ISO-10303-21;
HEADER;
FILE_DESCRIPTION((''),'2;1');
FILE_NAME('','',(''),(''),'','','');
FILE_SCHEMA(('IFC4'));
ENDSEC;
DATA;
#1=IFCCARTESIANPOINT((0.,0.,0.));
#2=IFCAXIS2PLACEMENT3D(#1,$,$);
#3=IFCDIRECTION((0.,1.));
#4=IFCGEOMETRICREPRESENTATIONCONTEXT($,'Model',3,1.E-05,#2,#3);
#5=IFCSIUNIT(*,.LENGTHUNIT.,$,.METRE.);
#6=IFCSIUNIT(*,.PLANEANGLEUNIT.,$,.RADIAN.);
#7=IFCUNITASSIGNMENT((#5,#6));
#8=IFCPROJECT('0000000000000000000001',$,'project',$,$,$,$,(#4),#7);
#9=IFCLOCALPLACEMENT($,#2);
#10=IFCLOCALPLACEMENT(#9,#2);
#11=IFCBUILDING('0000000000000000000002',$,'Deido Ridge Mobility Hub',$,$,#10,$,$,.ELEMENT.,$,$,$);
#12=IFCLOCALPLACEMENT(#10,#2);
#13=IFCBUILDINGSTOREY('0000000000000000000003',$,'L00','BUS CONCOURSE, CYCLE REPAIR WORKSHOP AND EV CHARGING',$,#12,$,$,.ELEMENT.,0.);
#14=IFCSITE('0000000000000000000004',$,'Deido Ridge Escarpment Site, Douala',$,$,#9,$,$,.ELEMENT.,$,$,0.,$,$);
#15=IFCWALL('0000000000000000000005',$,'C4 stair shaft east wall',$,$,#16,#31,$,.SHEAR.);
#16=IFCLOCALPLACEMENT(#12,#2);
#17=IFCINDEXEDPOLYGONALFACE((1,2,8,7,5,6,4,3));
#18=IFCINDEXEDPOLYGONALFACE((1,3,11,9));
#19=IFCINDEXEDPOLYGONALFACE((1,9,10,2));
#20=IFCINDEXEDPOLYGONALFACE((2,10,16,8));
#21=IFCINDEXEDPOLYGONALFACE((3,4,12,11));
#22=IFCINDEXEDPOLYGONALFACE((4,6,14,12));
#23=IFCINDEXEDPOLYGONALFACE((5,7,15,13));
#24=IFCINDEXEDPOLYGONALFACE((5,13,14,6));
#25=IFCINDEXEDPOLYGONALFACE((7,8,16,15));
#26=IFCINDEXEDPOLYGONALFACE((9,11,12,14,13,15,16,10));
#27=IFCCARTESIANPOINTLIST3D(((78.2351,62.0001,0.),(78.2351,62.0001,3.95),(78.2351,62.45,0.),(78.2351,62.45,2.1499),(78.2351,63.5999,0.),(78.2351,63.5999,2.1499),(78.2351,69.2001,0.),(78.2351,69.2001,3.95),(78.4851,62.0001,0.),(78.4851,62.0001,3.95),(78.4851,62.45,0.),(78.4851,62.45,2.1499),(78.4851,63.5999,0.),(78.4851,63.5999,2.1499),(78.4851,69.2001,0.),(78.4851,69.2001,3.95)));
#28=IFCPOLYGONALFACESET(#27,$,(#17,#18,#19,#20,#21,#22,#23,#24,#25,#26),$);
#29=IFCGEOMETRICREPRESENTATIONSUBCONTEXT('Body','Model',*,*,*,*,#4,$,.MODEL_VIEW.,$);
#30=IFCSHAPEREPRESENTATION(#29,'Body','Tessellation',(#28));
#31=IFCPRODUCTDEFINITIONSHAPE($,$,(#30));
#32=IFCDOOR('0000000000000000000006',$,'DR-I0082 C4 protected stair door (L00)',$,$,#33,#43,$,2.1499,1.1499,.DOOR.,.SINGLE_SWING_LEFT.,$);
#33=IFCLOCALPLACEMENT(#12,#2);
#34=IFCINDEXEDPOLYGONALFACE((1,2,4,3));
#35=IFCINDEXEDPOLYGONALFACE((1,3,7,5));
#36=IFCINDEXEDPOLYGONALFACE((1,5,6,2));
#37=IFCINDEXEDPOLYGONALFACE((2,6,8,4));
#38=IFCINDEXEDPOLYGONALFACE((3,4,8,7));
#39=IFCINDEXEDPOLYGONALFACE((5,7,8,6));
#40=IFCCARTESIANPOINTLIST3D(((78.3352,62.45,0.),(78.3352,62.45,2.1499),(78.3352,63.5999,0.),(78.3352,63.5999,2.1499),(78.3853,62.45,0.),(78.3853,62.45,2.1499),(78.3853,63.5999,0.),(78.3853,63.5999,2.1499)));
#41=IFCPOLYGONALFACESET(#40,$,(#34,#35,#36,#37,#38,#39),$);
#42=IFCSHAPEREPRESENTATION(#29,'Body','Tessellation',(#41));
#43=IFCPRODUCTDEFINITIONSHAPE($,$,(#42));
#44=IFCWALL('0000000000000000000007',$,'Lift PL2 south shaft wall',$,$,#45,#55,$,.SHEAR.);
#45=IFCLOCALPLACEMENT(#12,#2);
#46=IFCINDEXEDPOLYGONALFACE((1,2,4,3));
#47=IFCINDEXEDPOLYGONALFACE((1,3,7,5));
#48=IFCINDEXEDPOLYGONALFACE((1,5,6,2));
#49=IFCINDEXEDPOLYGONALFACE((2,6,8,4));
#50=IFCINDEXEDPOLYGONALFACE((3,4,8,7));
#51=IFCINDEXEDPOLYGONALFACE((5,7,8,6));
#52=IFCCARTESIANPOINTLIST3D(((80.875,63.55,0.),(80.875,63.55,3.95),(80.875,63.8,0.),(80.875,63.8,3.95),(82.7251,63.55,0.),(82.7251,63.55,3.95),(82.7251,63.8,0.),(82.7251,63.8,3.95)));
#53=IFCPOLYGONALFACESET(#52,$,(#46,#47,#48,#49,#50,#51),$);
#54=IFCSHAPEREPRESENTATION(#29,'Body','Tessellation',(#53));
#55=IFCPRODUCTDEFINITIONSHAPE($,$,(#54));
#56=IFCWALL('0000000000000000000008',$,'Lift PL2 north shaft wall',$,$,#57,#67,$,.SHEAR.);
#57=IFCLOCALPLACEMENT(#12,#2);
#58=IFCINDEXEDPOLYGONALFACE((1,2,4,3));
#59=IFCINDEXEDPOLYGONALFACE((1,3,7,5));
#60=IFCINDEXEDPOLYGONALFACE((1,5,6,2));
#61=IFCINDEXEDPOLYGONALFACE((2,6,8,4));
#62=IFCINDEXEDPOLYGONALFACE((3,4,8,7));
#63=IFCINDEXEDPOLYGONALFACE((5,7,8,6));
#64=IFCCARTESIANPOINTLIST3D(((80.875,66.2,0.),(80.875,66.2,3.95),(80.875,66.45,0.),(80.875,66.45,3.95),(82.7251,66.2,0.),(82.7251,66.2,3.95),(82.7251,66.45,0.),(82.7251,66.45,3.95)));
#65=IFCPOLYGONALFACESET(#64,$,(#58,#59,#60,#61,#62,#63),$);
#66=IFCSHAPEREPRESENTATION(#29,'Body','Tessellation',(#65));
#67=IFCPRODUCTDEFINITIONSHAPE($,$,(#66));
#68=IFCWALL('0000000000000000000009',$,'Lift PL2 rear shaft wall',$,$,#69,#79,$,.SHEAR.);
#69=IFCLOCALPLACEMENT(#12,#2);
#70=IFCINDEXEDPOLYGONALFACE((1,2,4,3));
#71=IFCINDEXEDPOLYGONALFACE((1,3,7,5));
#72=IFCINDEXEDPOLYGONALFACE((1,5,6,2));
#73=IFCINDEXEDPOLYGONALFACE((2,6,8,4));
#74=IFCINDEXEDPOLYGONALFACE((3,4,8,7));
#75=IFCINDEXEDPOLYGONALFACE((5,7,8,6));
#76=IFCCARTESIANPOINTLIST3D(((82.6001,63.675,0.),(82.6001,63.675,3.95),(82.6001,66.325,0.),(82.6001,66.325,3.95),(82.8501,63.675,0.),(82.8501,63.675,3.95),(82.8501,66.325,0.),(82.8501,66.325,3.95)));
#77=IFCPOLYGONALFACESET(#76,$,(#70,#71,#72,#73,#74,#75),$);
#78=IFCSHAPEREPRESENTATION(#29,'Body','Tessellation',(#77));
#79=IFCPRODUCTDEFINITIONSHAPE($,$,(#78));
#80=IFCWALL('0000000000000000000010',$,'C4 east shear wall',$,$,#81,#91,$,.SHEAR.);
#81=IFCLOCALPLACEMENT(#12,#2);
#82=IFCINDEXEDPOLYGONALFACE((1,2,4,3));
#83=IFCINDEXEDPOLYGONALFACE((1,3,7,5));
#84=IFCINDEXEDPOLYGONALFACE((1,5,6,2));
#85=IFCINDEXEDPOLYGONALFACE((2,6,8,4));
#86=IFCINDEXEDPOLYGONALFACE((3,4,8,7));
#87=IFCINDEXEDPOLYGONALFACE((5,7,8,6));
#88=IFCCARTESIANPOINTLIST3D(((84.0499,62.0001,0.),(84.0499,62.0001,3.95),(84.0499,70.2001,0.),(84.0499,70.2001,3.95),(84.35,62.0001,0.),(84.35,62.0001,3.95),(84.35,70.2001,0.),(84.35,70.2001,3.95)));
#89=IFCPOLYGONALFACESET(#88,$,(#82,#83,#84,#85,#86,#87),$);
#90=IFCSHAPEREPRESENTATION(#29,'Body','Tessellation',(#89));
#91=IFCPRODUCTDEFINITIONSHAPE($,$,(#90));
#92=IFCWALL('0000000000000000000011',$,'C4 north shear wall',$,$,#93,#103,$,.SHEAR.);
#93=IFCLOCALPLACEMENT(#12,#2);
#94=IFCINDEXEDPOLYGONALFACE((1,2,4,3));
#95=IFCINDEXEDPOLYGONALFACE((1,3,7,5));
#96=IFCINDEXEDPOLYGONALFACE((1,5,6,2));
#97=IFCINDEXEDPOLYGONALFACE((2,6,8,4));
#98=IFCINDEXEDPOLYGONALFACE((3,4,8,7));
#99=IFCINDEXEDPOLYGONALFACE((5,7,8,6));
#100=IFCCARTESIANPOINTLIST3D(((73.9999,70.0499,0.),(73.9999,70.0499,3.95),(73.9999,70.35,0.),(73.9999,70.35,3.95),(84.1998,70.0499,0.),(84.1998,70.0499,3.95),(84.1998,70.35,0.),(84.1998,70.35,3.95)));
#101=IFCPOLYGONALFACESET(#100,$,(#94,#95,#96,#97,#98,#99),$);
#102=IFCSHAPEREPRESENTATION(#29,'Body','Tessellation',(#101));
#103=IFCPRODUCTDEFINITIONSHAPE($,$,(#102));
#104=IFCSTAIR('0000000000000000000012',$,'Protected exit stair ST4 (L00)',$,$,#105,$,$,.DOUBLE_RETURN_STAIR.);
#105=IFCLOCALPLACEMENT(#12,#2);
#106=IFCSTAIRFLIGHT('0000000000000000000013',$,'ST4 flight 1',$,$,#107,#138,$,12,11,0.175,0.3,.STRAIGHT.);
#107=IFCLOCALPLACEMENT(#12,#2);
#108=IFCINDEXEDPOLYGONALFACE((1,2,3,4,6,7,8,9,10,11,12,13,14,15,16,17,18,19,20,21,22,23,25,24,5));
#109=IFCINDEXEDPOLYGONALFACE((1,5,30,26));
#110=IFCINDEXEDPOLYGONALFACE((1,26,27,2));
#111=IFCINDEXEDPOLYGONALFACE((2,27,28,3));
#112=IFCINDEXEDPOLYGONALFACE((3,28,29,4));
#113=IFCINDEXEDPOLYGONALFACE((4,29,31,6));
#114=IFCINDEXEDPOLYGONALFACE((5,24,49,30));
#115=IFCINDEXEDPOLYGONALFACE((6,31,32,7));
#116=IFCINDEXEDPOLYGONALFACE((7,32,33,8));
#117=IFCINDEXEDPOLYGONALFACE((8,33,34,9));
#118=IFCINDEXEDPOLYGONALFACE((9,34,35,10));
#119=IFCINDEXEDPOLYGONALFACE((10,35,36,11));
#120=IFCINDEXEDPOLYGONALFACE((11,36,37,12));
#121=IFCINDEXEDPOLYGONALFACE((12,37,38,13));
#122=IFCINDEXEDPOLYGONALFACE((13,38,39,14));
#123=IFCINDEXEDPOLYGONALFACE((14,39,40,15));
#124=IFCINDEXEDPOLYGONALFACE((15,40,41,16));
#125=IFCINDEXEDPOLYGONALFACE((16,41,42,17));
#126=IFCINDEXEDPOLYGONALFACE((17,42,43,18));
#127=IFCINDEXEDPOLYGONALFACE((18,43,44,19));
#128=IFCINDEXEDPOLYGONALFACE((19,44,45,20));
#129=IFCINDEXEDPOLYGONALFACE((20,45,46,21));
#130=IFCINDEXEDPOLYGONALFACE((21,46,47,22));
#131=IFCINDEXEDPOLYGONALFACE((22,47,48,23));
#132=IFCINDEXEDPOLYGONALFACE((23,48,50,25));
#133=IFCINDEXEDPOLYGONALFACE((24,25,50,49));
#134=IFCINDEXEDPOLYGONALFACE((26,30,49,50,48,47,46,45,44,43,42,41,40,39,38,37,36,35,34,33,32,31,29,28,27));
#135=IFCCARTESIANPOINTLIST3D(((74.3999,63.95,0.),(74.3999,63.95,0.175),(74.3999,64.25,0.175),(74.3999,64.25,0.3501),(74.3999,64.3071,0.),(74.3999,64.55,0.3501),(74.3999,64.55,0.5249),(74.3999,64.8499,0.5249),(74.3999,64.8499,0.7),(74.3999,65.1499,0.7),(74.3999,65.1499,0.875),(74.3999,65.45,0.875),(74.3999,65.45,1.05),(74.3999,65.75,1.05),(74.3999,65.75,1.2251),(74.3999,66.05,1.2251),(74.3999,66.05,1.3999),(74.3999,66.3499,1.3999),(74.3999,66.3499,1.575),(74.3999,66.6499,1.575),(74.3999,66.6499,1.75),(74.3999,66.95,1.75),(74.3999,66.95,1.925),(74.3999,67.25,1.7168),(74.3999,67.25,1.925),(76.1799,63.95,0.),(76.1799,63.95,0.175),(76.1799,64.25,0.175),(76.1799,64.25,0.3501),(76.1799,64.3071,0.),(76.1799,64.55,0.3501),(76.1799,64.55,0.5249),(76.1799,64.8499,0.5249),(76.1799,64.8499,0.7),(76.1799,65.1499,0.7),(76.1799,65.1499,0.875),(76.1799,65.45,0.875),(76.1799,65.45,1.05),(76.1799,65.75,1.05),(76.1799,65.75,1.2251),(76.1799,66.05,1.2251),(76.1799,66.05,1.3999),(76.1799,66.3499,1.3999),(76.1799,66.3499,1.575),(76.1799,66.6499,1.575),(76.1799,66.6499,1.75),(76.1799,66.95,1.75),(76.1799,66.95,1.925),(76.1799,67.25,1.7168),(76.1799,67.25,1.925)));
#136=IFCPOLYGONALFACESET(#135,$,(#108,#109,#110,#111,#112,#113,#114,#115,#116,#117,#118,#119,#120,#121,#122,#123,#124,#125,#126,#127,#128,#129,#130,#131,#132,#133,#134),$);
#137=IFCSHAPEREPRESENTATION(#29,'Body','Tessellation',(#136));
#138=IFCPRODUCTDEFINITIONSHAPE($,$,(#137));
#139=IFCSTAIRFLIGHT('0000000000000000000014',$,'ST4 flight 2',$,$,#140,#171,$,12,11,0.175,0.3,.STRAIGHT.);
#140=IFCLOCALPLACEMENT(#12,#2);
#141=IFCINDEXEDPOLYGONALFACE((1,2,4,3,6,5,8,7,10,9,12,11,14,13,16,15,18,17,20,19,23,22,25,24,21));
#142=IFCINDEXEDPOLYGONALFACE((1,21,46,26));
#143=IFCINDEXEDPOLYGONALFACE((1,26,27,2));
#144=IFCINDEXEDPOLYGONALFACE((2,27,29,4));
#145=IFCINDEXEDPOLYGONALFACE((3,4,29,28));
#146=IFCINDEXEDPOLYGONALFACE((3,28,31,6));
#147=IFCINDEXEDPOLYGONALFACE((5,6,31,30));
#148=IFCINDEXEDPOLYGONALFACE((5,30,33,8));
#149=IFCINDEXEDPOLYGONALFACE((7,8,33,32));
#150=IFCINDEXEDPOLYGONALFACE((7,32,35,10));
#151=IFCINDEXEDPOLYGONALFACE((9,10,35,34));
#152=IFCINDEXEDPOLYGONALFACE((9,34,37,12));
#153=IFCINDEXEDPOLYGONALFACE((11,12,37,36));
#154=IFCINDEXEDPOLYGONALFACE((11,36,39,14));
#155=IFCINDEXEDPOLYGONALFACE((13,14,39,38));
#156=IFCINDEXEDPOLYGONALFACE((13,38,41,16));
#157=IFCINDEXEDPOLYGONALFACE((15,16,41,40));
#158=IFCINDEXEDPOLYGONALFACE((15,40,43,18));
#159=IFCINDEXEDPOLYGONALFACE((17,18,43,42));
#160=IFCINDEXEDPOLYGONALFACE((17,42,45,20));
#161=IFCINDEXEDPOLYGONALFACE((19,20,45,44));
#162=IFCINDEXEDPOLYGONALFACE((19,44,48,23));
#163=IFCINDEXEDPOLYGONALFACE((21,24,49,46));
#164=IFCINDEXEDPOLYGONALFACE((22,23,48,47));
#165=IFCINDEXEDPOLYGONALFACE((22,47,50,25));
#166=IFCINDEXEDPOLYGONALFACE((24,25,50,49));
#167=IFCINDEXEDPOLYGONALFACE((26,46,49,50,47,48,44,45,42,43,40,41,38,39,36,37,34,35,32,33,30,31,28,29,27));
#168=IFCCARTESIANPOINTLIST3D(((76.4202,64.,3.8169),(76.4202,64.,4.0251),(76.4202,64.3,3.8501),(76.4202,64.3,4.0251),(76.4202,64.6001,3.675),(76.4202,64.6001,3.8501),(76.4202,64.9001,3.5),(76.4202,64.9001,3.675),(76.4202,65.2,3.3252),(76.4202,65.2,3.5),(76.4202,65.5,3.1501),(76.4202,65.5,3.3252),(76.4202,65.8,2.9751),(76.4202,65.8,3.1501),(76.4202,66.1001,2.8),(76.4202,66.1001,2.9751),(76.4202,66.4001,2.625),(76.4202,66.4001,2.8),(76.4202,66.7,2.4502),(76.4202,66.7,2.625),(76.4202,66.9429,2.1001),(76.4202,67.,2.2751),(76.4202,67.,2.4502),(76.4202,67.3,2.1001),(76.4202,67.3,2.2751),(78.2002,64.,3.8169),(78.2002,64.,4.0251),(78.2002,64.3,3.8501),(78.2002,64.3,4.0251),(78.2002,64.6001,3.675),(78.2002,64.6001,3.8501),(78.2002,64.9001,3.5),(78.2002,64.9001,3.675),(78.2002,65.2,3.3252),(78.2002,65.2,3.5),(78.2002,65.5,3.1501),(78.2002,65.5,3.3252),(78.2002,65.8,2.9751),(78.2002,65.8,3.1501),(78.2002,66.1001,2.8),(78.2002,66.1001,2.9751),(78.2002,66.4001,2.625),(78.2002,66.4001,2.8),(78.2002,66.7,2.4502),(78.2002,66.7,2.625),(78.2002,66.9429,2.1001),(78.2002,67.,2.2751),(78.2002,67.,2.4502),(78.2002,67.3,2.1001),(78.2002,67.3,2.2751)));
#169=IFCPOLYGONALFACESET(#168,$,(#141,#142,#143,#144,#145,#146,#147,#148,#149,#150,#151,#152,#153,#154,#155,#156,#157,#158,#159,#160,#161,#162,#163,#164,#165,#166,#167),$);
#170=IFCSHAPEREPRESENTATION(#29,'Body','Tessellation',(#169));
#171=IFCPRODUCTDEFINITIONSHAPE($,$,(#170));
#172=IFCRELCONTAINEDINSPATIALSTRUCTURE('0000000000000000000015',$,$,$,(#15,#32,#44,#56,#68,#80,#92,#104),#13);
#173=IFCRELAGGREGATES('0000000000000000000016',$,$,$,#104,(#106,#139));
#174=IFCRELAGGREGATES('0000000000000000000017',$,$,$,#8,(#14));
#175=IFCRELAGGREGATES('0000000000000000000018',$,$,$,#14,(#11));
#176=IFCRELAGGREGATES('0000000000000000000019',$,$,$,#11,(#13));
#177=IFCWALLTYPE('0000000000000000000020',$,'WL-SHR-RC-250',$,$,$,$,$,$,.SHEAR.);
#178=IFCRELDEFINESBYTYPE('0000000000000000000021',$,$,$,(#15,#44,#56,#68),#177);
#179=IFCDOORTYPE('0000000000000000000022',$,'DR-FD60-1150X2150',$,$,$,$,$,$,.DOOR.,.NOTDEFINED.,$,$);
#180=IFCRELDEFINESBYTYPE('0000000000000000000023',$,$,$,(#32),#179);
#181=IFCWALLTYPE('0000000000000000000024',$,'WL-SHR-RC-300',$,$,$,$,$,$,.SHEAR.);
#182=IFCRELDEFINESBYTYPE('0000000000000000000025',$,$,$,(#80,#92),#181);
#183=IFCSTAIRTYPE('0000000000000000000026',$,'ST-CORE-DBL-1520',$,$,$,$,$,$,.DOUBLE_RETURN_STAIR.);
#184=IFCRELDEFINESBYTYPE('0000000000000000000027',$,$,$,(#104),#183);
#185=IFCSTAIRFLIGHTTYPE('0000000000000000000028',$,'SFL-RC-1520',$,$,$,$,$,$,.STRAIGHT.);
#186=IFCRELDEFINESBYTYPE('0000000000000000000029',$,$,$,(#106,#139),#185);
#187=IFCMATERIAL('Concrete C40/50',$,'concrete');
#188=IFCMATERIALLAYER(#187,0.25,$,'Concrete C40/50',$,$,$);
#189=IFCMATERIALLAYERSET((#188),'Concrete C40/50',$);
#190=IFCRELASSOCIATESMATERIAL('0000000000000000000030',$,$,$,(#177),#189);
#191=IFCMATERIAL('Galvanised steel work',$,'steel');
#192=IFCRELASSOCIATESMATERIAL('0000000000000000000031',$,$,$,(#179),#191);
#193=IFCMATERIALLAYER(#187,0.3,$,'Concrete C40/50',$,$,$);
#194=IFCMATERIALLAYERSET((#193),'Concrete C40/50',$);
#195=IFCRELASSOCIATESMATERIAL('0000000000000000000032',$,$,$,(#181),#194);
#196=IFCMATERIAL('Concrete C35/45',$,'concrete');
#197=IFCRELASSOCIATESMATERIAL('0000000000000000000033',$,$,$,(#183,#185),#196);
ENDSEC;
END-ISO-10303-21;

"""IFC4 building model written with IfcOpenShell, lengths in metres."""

from ifc_helpers import new_model, si_unit, direction, frame, frame_2d, origin, place, context, subcontext, project, spatial, polyline, rectangle, outline, extrude, material, layer, layer_set, type_object, element, fill, aggregate, save


model = new_model("IFC4")

# Units and contexts
model_context = context("Model", 3, precision=1e-05, world=origin(), true_north=direction((0.0, 1.0)))
body_context = subcontext(model_context, "Body", "Model", "MODEL_VIEW")
ifc_project = project(units=[si_unit("LENGTHUNIT", "METRE"), si_unit("PLANEANGLEUNIT", "RADIAN")], contexts=[model_context])

# Site, building, storey
site_placement = place(None, origin())
site = spatial("IfcSite", under=ifc_project, at=site_placement, Name="Deido Ridge Escarpment Site, Douala", CompositionType="ELEMENT", RefElevation=0.0)
building_placement = place(site_placement, origin())
building = spatial("IfcBuilding", under=site, at=building_placement, Name="Deido Ridge Mobility Hub", CompositionType="ELEMENT")
storey_placement = place(building_placement, origin())
storey = spatial("IfcBuildingStorey", under=building, at=storey_placement, Name="L00", Description="BUS CONCOURSE, CYCLE REPAIR WORKSHOP AND EV CHARGING", CompositionType="ELEMENT", Elevation=0.0)

# Wall, opening, door
ifc_material_1 = material(Name="Concrete C40/50", Category="concrete")
ifc_layer_1 = layer(ifc_material_1, 0.25, Name="Concrete C40/50")
ifc_layer_set_1 = layer_set([ifc_layer_1], Name="Concrete C40/50")
wall_type_1 = type_object("IfcWallType", Name="WL-SHR-RC-250", PredefinedType="SHEAR", material=ifc_layer_set_1)
wall_1_placement = place(storey_placement, frame((78.3601, 62.0, 0.0), z_axis=(0.0, 0.0, 1.0), x_axis=(0.0, 1.0, 0.0)))
wall_1 = element("IfcWall", 1, at=wall_1_placement, inside=storey, type_object=wall_type_1, Name="C4 stair shaft east wall", PredefinedType="SHEAR", context=body_context, shape_type="SweptSolid", body=[
    extrude(rectangle(XDim=7.2, YDim=0.25, at=frame_2d((3.6001, 0.0))), origin(), (0.0, 0.0, 1.0), 3.95),
])
opening_1_placement = place(wall_1_placement, frame((0.45, 0.0, 0.0)))
opening_1 = element("IfcOpeningElement", 2, at=opening_1_placement, cuts=wall_1, PredefinedType="OPENING", context=body_context, shape_type="SweptSolid", body=[
    extrude(rectangle(XDim=1.1499, YDim=2.1499, at=frame_2d((0.575, 1.075))), frame((0.0, 0.135, 0.0), z_axis=(0.0, -1.0, 0.0), x_axis=(1.0, 0.0, 0.0)), (0.0, 0.0, 1.0), 0.27),
])
ifc_material_2 = material(Name="Galvanised steel work", Category="steel")
door_type_1 = type_object("IfcDoorType", Name="DR-FD60-1150X2150", OperationType="NOTDEFINED", PredefinedType="DOOR", material=ifc_material_2)
door_1_placement = place(opening_1_placement, origin())
door_1 = element("IfcDoor", 3, at=door_1_placement, inside=storey, type_object=door_type_1, Name="DR-I0082 C4 protected stair door (L00)", OperationType="SINGLE_SWING_LEFT", OverallHeight=2.1499, OverallWidth=1.1499, PredefinedType="DOOR", context=body_context, shape_type="SweptSolid", body=[
    extrude(rectangle(XDim=1.1499, YDim=2.1499, at=frame_2d((0.575, 1.075))), frame((0.0, 0.0249, 0.0), z_axis=(0.0, -1.0, 0.0), x_axis=(1.0, 0.0, 0.0)), (0.0, 0.0, 1.0), 0.05),
])
fill(opening_1, door_1)

# Walls
for number, where, z_axis, x_axis, name in (
    (4, (80.875, 63.675, 0.0), (0.0, 0.0, 1.0), (1.0, 0.0, 0.0), "Lift PL2 south shaft wall"),
    (5, (80.875, 66.325, 0.0), (0.0, 0.0, 1.0), (1.0, 0.0, 0.0), "Lift PL2 north shaft wall"),
):
    element("IfcWall", number, at=place(storey_placement, frame(where, z_axis=z_axis, x_axis=x_axis)), inside=storey, type_object=wall_type_1, Name=name, PredefinedType="SHEAR", context=body_context, shape_type="SweptSolid", body=[
        extrude(rectangle(XDim=1.8501, YDim=0.25, at=frame_2d((0.925, 0.0))), origin(), (0.0, 0.0, 1.0), 3.95),
    ])
wall_2_placement = place(storey_placement, frame((82.7251, 63.675, 0.0), z_axis=(0.0, 0.0, 1.0), x_axis=(0.0, 1.0, 0.0)))
element("IfcWall", 6, at=wall_2_placement, inside=storey, type_object=wall_type_1, Name="Lift PL2 rear shaft wall", PredefinedType="SHEAR", context=body_context, shape_type="SweptSolid", body=[
    extrude(rectangle(XDim=2.6499, YDim=0.25, at=frame_2d((1.325, 0.0))), origin(), (0.0, 0.0, 1.0), 3.95),
])

# Walls
ifc_layer_2 = layer(ifc_material_1, 0.3, Name="Concrete C40/50")
ifc_layer_set_2 = layer_set([ifc_layer_2], Name="Concrete C40/50")
wall_type_2 = type_object("IfcWallType", Name="WL-SHR-RC-300", PredefinedType="SHEAR", material=ifc_layer_set_2)
wall_3_placement = place(storey_placement, frame((84.2, 62.0, 0.0), z_axis=(0.0, 0.0, 1.0), x_axis=(0.0, 1.0, 0.0)))
element("IfcWall", 7, at=wall_3_placement, inside=storey, type_object=wall_type_2, Name="C4 east shear wall", PredefinedType="SHEAR", context=body_context, shape_type="SweptSolid", body=[
    extrude(rectangle(XDim=8.2, YDim=0.3, at=frame_2d((4.1001, 0.0))), origin(), (0.0, 0.0, 1.0), 3.95),
])
wall_4_placement = place(storey_placement, frame((84.2, 70.2, 0.0), z_axis=(0.0, 0.0, 1.0), x_axis=(-1.0, 0.0, 0.0)))
element("IfcWall", 8, at=wall_4_placement, inside=storey, type_object=wall_type_2, Name="C4 north shear wall", PredefinedType="SHEAR", context=body_context, shape_type="SweptSolid", body=[
    extrude(rectangle(XDim=10.2, YDim=0.3, at=frame_2d((5.1001, 0.0))), origin(), (0.0, 0.0, 1.0), 3.95),
])

# Stair, stair flights
ifc_material_3 = material(Name="Concrete C35/45", Category="concrete")
stair_type = type_object("IfcStairType", Name="ST-CORE-DBL-1520", PredefinedType="DOUBLE_RETURN_STAIR", material=ifc_material_3)
stair_placement = place(storey_placement, origin())
stair = element("IfcStair", 9, at=stair_placement, inside=storey, type_object=stair_type, Name="Protected exit stair ST4 (L00)", PredefinedType="DOUBLE_RETURN_STAIR")
stair_flight_type = type_object("IfcStairFlightType", Name="SFL-RC-1520", PredefinedType="STRAIGHT", material=ifc_material_3)
stair_flight_1_placement = place(storey_placement, frame((75.29, 63.95, 0.0), z_axis=(0.0, 0.0, 1.0), x_axis=(0.0, 1.0, 0.0)))
stair_flight_1 = element("IfcStairFlight", 10, at=stair_flight_1_placement, type_object=stair_flight_type, Name="ST4 flight 1", NumberOfRisers=12, NumberOfTreads=11, PredefinedType="STRAIGHT", RiserHeight=0.175, TreadLength=0.3, context=body_context, shape_type="SweptSolid", body=[
    extrude(outline(polyline([(0.0, 0.0), (0.0, 0.175), (0.3, 0.175), (0.3, 0.3501), (0.6001, 0.3501), (0.6001, 0.5249), (0.8999, 0.5249), (0.8999, 0.7), (1.2, 0.7), (1.2, 0.875), (1.5, 0.875), (1.5, 1.05), (1.8, 1.05), (1.8, 1.2251), (2.1001, 1.2251), (2.1001, 1.3999), (2.3999, 1.3999), (2.3999, 1.575), (2.7, 1.575), (2.7, 1.75), (3.0, 1.75), (3.0, 1.925), (3.3, 1.925), (3.3, 2.1001), (3.3, 1.7168), (0.3572, 0.0), (0.0, 0.0)])), frame((0.0, 0.8901, 0.0), z_axis=(0.0, -1.0, 0.0), x_axis=(1.0, 0.0, 0.0)), (0.0, 0.0, 1.0), 1.78),
])
stair_flight_2_placement = place(storey_placement, frame((77.3101, 67.3, 2.1001), z_axis=(0.0, 0.0, 1.0), x_axis=(0.0, -1.0, 0.0)))
stair_flight_2 = element("IfcStairFlight", 11, at=stair_flight_2_placement, type_object=stair_flight_type, Name="ST4 flight 2", NumberOfRisers=12, NumberOfTreads=11, PredefinedType="STRAIGHT", RiserHeight=0.175, TreadLength=0.3, context=body_context, shape_type="SweptSolid", body=[
    extrude(outline(polyline([(0.0, 0.0), (0.0, 0.175), (0.3, 0.175), (0.3, 0.3501), (0.6001, 0.3501), (0.6001, 0.5249), (0.8999, 0.5249), (0.8999, 0.7), (1.2, 0.7), (1.2, 0.875), (1.5, 0.875), (1.5, 1.05), (1.8, 1.05), (1.8, 1.2251), (2.1001, 1.2251), (2.1001, 1.3999), (2.3999, 1.3999), (2.3999, 1.575), (2.7, 1.575), (2.7, 1.75), (3.0, 1.75), (3.0, 1.925), (3.3, 1.925), (3.3, 2.1001), (3.3, 1.7168), (0.3572, 0.0), (0.0, 0.0)])), frame((0.0, 0.8901, 0.0), z_axis=(0.0, -1.0, 0.0), x_axis=(1.0, 0.0, 0.0)), (0.0, 0.0, 1.0), 1.78),
])
aggregate(stair, [stair_flight_1, stair_flight_2])

save(model, "model.ifc")
